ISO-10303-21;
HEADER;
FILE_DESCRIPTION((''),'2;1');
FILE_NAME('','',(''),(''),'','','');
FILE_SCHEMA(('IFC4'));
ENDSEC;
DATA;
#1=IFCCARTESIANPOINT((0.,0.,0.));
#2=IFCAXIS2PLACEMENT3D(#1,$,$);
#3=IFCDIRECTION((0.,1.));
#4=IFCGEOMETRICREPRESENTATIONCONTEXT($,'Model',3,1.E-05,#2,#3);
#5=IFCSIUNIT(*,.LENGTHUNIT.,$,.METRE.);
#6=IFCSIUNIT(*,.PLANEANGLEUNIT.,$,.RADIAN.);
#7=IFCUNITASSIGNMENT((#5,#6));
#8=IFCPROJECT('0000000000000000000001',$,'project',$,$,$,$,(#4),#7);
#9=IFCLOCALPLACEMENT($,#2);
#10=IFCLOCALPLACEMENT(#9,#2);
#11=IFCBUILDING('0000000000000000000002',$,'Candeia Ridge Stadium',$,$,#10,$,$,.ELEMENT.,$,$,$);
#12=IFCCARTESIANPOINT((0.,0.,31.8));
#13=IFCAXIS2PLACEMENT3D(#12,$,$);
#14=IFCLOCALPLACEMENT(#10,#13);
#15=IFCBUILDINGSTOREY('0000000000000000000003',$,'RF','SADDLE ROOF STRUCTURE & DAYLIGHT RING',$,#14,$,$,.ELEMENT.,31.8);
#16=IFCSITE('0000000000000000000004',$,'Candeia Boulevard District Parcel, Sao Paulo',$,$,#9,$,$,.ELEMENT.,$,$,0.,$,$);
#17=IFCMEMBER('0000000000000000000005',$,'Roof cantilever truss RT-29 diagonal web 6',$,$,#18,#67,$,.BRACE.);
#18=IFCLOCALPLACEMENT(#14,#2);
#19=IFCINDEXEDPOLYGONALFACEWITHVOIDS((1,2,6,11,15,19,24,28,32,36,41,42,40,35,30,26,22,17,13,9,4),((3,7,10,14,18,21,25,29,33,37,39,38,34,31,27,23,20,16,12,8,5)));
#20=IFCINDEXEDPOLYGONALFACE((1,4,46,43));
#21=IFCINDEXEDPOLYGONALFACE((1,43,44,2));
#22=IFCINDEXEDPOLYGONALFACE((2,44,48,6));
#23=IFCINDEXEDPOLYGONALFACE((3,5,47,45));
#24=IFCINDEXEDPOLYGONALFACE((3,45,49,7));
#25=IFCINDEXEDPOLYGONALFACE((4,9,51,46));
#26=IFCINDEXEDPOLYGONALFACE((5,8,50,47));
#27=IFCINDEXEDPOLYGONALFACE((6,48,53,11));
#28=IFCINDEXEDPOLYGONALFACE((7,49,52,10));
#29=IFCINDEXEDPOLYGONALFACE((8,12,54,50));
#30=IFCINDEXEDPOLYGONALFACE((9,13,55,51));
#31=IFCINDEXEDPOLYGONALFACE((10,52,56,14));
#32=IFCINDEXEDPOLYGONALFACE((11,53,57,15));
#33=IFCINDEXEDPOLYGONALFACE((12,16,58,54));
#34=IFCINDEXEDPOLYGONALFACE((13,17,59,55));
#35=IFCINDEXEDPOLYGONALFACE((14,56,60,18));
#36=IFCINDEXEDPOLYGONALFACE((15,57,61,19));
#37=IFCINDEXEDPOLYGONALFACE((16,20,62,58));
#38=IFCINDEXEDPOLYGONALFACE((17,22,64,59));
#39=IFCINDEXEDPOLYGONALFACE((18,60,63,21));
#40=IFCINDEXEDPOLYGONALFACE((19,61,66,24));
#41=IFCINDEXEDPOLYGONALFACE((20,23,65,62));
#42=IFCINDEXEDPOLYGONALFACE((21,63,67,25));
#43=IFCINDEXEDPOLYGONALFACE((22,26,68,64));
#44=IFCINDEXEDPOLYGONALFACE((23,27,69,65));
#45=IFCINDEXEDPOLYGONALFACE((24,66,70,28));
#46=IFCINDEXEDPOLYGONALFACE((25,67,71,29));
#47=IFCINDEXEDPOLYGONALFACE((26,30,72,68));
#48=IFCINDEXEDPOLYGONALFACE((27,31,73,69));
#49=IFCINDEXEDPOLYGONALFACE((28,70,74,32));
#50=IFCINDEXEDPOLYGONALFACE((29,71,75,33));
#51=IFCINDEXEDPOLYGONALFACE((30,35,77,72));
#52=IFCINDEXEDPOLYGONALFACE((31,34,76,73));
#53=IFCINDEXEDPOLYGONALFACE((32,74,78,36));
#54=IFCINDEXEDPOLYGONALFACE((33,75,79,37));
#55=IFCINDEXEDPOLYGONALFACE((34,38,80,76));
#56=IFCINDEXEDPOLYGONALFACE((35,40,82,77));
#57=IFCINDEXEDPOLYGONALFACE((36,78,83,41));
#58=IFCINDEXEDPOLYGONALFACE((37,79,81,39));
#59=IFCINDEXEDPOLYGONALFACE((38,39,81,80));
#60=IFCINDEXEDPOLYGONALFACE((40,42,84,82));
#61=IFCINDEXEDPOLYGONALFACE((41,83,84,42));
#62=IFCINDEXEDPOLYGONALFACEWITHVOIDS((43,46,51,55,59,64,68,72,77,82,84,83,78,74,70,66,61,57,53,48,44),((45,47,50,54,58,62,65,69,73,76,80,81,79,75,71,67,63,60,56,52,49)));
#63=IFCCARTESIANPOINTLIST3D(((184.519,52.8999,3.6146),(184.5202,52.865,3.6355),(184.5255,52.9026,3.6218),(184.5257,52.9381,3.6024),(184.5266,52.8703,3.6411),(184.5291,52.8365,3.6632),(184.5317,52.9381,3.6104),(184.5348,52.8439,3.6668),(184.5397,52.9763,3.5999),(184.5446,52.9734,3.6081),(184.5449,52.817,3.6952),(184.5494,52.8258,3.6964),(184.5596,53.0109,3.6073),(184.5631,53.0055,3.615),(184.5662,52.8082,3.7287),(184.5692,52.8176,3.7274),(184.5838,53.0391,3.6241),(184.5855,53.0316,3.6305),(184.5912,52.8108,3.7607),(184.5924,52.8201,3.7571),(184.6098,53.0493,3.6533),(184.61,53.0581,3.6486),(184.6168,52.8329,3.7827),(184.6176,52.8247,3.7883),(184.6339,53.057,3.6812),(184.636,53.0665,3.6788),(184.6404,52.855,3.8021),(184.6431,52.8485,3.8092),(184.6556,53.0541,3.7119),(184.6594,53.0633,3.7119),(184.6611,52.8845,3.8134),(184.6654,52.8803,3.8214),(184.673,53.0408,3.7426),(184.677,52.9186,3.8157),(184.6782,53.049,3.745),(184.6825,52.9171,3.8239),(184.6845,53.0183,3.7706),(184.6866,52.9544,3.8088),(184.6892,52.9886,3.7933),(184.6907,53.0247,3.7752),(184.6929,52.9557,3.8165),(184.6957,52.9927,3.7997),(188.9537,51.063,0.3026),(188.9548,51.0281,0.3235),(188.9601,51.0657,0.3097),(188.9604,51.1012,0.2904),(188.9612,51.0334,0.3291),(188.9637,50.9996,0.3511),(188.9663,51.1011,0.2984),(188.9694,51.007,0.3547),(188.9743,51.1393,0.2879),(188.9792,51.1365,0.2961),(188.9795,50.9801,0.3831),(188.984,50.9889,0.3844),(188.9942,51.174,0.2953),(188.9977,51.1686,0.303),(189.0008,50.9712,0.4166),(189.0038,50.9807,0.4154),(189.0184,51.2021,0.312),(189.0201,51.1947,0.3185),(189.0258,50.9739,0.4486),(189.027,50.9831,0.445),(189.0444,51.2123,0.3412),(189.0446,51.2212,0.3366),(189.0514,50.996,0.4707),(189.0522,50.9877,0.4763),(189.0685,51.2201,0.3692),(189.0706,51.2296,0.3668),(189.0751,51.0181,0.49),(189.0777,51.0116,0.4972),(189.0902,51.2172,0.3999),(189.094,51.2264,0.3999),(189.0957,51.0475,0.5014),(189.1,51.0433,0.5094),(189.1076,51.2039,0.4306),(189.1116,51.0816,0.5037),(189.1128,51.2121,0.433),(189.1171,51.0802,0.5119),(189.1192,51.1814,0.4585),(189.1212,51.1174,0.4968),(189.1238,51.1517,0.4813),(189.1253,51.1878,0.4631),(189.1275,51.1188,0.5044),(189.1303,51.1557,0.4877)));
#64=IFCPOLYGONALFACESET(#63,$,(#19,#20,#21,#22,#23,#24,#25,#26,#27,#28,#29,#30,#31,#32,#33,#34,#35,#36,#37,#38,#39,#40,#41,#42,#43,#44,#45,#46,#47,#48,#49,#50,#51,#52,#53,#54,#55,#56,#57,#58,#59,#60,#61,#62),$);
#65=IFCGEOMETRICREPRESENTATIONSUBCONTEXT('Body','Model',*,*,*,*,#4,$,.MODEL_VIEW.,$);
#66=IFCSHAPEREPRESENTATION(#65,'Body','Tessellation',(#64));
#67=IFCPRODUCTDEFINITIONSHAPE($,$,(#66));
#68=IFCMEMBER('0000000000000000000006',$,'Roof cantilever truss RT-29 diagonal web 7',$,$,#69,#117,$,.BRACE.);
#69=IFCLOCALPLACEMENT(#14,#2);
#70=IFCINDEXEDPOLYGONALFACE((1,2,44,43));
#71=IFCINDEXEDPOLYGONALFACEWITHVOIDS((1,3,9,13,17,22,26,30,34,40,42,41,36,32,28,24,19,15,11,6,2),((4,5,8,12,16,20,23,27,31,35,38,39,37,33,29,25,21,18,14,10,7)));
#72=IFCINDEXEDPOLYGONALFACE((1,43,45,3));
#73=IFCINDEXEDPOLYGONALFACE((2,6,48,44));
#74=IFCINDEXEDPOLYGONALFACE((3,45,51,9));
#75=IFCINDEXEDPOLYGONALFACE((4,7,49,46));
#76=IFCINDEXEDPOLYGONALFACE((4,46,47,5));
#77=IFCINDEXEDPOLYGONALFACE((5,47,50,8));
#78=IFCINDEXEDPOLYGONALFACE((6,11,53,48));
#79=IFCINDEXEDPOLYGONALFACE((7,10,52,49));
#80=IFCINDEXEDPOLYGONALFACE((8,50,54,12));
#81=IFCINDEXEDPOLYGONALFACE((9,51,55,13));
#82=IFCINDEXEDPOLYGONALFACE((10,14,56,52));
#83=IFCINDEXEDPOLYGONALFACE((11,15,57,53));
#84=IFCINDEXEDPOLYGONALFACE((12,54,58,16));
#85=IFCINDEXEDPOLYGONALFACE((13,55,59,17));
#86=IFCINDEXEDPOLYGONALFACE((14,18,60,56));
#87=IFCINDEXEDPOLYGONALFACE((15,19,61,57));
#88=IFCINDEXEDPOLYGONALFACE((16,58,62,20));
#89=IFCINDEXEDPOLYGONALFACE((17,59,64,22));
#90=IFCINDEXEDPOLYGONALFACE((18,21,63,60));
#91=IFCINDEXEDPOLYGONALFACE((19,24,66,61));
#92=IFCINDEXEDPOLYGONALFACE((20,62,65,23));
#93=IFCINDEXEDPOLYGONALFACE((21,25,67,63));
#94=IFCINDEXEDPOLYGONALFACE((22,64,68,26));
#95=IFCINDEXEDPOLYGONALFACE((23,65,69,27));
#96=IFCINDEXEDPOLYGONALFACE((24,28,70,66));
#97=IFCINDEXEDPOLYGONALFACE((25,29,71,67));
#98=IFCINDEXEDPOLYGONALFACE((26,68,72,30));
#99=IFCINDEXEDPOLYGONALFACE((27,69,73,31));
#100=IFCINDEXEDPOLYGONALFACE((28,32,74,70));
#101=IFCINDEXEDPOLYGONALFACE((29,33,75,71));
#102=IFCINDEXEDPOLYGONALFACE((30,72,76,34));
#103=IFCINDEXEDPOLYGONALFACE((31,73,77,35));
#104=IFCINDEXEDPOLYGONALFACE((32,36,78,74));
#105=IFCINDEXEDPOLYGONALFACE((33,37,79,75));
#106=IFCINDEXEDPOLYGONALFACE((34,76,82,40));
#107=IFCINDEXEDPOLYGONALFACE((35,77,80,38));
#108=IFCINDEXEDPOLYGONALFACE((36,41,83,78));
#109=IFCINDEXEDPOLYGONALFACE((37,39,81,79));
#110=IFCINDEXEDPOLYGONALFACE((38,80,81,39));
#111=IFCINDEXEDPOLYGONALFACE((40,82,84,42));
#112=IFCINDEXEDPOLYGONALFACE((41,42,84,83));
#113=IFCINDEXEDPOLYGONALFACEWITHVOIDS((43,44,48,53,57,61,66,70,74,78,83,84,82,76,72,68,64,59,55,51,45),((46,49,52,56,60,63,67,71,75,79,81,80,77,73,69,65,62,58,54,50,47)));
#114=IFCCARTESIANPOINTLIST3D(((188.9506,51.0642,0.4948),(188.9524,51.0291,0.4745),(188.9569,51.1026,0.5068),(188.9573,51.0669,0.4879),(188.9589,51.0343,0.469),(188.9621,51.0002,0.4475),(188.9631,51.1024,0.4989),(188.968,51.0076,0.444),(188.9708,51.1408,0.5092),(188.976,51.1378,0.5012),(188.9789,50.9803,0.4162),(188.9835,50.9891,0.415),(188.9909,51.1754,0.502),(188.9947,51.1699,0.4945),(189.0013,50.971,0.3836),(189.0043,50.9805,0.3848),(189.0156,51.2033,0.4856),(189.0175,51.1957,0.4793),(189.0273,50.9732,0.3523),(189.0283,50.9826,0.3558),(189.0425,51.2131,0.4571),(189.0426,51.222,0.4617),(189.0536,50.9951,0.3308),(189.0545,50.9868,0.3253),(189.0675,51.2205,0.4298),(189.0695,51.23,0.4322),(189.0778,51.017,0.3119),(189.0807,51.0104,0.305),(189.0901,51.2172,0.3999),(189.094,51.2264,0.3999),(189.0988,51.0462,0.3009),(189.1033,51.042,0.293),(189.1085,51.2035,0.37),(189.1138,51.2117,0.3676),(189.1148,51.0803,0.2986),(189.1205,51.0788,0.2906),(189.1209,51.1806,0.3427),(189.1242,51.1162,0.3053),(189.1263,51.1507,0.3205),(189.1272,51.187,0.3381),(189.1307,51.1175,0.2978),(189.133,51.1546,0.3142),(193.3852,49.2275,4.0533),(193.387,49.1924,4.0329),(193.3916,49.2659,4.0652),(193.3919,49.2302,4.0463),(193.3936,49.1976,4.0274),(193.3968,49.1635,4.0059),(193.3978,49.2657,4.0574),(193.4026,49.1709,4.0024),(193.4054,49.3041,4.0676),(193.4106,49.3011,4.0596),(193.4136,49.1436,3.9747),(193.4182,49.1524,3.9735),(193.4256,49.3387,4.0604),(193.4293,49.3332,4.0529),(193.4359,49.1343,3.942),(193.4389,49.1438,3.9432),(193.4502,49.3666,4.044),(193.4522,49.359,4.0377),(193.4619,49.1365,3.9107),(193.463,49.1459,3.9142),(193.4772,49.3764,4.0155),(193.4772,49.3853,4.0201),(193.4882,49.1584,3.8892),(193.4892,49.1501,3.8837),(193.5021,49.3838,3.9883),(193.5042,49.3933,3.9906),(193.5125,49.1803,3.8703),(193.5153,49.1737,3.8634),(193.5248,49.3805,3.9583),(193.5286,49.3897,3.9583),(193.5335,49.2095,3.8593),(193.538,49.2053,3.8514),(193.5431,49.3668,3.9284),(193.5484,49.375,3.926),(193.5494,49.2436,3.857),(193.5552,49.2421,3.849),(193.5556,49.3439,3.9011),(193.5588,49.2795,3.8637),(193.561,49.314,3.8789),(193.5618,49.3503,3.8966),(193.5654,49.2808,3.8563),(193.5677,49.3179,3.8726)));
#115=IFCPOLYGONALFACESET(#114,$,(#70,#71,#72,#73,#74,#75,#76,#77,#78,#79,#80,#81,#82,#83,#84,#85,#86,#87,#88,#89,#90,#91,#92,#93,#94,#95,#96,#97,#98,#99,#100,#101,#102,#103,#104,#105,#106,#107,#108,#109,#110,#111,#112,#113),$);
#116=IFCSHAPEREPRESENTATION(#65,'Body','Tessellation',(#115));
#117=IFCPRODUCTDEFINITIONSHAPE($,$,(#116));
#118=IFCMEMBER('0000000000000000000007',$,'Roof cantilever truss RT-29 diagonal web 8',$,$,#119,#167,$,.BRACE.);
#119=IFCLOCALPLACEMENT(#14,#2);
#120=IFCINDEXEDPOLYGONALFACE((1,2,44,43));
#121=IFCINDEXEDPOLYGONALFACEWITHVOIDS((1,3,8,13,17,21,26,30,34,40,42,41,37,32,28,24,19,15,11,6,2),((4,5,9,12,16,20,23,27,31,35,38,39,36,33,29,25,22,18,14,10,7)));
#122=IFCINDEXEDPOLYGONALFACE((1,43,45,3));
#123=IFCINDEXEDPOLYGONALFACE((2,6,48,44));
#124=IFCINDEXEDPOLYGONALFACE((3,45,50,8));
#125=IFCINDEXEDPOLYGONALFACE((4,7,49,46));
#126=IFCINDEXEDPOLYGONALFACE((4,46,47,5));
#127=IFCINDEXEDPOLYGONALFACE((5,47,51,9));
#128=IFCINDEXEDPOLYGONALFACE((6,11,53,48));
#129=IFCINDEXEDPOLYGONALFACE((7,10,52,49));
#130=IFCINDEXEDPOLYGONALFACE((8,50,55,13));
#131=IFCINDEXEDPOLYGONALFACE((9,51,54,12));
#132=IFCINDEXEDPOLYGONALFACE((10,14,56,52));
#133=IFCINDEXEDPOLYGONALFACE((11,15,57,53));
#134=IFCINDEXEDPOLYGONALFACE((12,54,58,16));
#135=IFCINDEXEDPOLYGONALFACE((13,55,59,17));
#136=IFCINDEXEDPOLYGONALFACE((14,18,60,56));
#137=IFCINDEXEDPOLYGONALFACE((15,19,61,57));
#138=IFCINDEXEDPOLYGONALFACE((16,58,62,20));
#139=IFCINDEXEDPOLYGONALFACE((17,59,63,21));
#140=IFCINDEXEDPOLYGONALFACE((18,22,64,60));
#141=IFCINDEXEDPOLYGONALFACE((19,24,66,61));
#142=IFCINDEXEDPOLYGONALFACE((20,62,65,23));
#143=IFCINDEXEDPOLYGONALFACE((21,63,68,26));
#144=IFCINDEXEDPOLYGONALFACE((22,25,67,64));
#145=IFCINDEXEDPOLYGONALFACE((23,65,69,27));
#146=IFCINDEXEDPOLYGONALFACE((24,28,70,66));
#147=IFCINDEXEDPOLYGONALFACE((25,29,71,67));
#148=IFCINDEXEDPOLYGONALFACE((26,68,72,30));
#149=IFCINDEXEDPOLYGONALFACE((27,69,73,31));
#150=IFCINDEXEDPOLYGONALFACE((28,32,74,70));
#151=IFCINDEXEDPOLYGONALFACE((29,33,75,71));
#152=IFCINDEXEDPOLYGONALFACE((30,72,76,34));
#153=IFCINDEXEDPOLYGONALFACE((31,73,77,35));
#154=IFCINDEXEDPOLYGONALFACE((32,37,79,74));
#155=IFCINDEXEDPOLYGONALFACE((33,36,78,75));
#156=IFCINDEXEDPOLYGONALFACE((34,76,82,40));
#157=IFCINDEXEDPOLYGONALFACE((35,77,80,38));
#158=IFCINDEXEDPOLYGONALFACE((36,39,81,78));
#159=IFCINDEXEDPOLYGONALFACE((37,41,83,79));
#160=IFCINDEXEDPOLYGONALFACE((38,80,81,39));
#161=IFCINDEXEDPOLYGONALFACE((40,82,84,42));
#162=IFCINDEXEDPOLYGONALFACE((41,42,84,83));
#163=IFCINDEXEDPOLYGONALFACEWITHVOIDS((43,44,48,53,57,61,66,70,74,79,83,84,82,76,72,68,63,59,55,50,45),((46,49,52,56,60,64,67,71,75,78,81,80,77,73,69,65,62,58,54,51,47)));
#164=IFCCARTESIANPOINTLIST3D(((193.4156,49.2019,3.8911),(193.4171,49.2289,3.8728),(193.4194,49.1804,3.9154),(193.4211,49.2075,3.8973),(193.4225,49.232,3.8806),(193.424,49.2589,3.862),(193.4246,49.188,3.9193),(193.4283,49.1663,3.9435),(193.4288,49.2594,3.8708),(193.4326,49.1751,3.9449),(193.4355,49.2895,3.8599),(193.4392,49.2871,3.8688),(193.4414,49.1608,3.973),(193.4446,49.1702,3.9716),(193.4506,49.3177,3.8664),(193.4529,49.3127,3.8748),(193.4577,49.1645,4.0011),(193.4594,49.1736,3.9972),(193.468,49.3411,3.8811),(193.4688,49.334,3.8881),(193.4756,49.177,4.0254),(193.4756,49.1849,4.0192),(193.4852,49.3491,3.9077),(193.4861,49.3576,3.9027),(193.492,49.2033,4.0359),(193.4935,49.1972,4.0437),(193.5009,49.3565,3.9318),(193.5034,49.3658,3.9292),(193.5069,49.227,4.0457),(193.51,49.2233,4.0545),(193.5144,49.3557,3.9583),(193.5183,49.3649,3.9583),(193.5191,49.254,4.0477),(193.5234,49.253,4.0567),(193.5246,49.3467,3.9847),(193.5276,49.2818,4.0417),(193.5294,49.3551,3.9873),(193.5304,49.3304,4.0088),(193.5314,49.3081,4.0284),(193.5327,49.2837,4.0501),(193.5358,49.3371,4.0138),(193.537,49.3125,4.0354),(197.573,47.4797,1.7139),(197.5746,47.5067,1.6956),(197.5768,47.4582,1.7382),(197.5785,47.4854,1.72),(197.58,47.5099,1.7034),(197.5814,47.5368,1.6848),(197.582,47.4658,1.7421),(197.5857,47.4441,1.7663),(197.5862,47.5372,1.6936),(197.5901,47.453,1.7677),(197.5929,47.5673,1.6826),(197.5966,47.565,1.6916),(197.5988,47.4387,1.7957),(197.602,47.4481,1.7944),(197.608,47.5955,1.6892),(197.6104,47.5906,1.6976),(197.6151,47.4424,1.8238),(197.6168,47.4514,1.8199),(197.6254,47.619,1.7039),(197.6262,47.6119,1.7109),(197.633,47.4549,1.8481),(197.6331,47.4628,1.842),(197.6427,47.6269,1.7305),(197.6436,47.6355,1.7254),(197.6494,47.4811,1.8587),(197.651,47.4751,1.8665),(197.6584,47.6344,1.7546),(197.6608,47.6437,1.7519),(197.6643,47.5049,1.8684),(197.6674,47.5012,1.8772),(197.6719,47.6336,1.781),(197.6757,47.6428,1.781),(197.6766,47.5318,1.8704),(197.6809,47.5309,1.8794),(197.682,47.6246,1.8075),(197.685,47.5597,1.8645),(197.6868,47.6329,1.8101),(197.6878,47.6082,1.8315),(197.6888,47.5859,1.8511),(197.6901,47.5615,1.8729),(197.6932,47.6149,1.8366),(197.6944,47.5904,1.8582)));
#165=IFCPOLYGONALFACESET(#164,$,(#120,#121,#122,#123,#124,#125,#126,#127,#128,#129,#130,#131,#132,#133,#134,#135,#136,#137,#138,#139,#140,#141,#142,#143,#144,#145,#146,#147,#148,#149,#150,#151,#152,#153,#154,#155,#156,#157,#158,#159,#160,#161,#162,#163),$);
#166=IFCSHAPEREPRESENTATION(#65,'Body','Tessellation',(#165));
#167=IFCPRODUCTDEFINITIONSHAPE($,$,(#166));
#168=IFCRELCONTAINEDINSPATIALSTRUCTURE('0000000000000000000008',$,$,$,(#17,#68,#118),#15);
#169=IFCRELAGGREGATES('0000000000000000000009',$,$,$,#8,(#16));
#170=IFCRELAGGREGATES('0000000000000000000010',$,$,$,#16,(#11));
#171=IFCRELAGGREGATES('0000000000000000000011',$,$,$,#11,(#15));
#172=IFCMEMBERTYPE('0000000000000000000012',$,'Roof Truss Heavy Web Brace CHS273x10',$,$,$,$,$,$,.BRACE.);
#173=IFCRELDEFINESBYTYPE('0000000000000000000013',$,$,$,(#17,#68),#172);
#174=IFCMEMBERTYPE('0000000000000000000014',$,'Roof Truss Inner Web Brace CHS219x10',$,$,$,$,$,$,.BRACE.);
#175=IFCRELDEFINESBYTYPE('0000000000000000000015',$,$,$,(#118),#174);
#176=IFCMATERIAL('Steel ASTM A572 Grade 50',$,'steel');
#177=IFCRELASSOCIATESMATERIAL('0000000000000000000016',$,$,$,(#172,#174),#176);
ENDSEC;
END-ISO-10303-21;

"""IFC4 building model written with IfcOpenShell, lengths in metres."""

from ifc_helpers import new_model, si_unit, direction, frame, origin, origin_2d, place, context, subcontext, project, spatial, hollow_circle, extrude, material, material_profile, profile_set, type_object, element, save


model = new_model("IFC4")

# Units and contexts
model_context = context("Model", 3, precision=1e-05, world=origin(), true_north=direction((0.0, 1.0)))
body_context = subcontext(model_context, "Body", "Model", "MODEL_VIEW")
ifc_project = project(units=[si_unit("LENGTHUNIT", "METRE"), si_unit("PLANEANGLEUNIT", "RADIAN")], contexts=[model_context])

# Site, building, storey
site_placement = place(None, origin())
site = spatial("IfcSite", under=ifc_project, at=site_placement, Name="Candeia Boulevard District Parcel, Sao Paulo", CompositionType="ELEMENT", RefElevation=0.0)
building_placement = place(site_placement, origin())
building = spatial("IfcBuilding", under=site, at=building_placement, Name="Candeia Ridge Stadium", CompositionType="ELEMENT")
storey_placement = place(building_placement, frame((0.0, 0.0, 31.8)))
storey = spatial("IfcBuildingStorey", under=building, at=storey_placement, Name="RF", Description="SADDLE ROOF STRUCTURE & DAYLIGHT RING", CompositionType="ELEMENT", Elevation=31.8)

# Shared definitions
ifc_material = material(Name="Steel ASTM A572 Grade 50", Category="steel")

# Members
ifc_material_profile_1 = material_profile(ifc_material, hollow_circle(Radius=0.1365, WallThickness=0.01, at=origin_2d()), Name="CHS273x10", Category="steel")
ifc_profile_set_1 = profile_set([ifc_material_profile_1], Name="Steel ASTM A572 Grade 50")
member_type_1 = type_object("IfcMemberType", Name="Roof Truss Heavy Web Brace CHS273x10", PredefinedType="BRACE", material=ifc_profile_set_1)
member_1_placement = place(storey_placement, frame((184.6072, 52.9373, 3.7119), z_axis=(0.760421, -0.314986, -0.567929), x_axis=(0.382693, 0.923875, 0.0)))
element("IfcMember", 1, at=member_1_placement, inside=storey, type_object=member_type_1, Name="Roof cantilever truss RT-29 diagonal web 6", PredefinedType="BRACE", context=body_context, shape_type="SweptSolid", body=[
    extrude(hollow_circle(Radius=0.1365, WallThickness=0.01, at=origin_2d()), origin(), (0.0, 0.0, 1.0), 5.8318),
])
member_2_placement = place(storey_placement, frame((189.0417, 51.1003, 0.3999), z_axis=(0.742188, -0.307392, 0.59554), x_axis=(0.38265, 0.923893, 0.0)))
element("IfcMember", 2, at=member_2_placement, inside=storey, type_object=member_type_1, Name="Roof cantilever truss RT-29 diagonal web 7", PredefinedType="BRACE", context=body_context, shape_type="SweptSolid", body=[
    extrude(hollow_circle(Radius=0.1365, WallThickness=0.01, at=origin_2d()), origin(), (0.0, 0.0, 1.0), 5.9751),
])
ifc_material_profile_2 = material_profile(ifc_material, hollow_circle(Radius=0.1096, WallThickness=0.01, at=origin_2d()), Name="CHS219x10", Category="steel")
ifc_profile_set_2 = profile_set([ifc_material_profile_2], Name="Steel ASTM A572 Grade 50")
member_type_2 = type_object("IfcMemberType", Name="Roof Truss Inner Web Brace CHS219x10", PredefinedType="BRACE", material=ifc_profile_set_2)
member_3_placement = place(storey_placement, frame((193.4763, 49.2637, 3.9583), z_axis=(0.831647, -0.344497, -0.435529), x_axis=(0.3827, 0.923873, 0.0)))
element("IfcMember", 3, at=member_3_placement, inside=storey, type_object=member_type_2, Name="Roof cantilever truss RT-29 diagonal web 8", PredefinedType="BRACE", context=body_context, shape_type="SweptSolid", body=[
    extrude(hollow_circle(Radius=0.1096, WallThickness=0.01, at=origin_2d()), origin(), (0.0, 0.0, 1.0), 4.999),
])

save(model, "model.ifc")
